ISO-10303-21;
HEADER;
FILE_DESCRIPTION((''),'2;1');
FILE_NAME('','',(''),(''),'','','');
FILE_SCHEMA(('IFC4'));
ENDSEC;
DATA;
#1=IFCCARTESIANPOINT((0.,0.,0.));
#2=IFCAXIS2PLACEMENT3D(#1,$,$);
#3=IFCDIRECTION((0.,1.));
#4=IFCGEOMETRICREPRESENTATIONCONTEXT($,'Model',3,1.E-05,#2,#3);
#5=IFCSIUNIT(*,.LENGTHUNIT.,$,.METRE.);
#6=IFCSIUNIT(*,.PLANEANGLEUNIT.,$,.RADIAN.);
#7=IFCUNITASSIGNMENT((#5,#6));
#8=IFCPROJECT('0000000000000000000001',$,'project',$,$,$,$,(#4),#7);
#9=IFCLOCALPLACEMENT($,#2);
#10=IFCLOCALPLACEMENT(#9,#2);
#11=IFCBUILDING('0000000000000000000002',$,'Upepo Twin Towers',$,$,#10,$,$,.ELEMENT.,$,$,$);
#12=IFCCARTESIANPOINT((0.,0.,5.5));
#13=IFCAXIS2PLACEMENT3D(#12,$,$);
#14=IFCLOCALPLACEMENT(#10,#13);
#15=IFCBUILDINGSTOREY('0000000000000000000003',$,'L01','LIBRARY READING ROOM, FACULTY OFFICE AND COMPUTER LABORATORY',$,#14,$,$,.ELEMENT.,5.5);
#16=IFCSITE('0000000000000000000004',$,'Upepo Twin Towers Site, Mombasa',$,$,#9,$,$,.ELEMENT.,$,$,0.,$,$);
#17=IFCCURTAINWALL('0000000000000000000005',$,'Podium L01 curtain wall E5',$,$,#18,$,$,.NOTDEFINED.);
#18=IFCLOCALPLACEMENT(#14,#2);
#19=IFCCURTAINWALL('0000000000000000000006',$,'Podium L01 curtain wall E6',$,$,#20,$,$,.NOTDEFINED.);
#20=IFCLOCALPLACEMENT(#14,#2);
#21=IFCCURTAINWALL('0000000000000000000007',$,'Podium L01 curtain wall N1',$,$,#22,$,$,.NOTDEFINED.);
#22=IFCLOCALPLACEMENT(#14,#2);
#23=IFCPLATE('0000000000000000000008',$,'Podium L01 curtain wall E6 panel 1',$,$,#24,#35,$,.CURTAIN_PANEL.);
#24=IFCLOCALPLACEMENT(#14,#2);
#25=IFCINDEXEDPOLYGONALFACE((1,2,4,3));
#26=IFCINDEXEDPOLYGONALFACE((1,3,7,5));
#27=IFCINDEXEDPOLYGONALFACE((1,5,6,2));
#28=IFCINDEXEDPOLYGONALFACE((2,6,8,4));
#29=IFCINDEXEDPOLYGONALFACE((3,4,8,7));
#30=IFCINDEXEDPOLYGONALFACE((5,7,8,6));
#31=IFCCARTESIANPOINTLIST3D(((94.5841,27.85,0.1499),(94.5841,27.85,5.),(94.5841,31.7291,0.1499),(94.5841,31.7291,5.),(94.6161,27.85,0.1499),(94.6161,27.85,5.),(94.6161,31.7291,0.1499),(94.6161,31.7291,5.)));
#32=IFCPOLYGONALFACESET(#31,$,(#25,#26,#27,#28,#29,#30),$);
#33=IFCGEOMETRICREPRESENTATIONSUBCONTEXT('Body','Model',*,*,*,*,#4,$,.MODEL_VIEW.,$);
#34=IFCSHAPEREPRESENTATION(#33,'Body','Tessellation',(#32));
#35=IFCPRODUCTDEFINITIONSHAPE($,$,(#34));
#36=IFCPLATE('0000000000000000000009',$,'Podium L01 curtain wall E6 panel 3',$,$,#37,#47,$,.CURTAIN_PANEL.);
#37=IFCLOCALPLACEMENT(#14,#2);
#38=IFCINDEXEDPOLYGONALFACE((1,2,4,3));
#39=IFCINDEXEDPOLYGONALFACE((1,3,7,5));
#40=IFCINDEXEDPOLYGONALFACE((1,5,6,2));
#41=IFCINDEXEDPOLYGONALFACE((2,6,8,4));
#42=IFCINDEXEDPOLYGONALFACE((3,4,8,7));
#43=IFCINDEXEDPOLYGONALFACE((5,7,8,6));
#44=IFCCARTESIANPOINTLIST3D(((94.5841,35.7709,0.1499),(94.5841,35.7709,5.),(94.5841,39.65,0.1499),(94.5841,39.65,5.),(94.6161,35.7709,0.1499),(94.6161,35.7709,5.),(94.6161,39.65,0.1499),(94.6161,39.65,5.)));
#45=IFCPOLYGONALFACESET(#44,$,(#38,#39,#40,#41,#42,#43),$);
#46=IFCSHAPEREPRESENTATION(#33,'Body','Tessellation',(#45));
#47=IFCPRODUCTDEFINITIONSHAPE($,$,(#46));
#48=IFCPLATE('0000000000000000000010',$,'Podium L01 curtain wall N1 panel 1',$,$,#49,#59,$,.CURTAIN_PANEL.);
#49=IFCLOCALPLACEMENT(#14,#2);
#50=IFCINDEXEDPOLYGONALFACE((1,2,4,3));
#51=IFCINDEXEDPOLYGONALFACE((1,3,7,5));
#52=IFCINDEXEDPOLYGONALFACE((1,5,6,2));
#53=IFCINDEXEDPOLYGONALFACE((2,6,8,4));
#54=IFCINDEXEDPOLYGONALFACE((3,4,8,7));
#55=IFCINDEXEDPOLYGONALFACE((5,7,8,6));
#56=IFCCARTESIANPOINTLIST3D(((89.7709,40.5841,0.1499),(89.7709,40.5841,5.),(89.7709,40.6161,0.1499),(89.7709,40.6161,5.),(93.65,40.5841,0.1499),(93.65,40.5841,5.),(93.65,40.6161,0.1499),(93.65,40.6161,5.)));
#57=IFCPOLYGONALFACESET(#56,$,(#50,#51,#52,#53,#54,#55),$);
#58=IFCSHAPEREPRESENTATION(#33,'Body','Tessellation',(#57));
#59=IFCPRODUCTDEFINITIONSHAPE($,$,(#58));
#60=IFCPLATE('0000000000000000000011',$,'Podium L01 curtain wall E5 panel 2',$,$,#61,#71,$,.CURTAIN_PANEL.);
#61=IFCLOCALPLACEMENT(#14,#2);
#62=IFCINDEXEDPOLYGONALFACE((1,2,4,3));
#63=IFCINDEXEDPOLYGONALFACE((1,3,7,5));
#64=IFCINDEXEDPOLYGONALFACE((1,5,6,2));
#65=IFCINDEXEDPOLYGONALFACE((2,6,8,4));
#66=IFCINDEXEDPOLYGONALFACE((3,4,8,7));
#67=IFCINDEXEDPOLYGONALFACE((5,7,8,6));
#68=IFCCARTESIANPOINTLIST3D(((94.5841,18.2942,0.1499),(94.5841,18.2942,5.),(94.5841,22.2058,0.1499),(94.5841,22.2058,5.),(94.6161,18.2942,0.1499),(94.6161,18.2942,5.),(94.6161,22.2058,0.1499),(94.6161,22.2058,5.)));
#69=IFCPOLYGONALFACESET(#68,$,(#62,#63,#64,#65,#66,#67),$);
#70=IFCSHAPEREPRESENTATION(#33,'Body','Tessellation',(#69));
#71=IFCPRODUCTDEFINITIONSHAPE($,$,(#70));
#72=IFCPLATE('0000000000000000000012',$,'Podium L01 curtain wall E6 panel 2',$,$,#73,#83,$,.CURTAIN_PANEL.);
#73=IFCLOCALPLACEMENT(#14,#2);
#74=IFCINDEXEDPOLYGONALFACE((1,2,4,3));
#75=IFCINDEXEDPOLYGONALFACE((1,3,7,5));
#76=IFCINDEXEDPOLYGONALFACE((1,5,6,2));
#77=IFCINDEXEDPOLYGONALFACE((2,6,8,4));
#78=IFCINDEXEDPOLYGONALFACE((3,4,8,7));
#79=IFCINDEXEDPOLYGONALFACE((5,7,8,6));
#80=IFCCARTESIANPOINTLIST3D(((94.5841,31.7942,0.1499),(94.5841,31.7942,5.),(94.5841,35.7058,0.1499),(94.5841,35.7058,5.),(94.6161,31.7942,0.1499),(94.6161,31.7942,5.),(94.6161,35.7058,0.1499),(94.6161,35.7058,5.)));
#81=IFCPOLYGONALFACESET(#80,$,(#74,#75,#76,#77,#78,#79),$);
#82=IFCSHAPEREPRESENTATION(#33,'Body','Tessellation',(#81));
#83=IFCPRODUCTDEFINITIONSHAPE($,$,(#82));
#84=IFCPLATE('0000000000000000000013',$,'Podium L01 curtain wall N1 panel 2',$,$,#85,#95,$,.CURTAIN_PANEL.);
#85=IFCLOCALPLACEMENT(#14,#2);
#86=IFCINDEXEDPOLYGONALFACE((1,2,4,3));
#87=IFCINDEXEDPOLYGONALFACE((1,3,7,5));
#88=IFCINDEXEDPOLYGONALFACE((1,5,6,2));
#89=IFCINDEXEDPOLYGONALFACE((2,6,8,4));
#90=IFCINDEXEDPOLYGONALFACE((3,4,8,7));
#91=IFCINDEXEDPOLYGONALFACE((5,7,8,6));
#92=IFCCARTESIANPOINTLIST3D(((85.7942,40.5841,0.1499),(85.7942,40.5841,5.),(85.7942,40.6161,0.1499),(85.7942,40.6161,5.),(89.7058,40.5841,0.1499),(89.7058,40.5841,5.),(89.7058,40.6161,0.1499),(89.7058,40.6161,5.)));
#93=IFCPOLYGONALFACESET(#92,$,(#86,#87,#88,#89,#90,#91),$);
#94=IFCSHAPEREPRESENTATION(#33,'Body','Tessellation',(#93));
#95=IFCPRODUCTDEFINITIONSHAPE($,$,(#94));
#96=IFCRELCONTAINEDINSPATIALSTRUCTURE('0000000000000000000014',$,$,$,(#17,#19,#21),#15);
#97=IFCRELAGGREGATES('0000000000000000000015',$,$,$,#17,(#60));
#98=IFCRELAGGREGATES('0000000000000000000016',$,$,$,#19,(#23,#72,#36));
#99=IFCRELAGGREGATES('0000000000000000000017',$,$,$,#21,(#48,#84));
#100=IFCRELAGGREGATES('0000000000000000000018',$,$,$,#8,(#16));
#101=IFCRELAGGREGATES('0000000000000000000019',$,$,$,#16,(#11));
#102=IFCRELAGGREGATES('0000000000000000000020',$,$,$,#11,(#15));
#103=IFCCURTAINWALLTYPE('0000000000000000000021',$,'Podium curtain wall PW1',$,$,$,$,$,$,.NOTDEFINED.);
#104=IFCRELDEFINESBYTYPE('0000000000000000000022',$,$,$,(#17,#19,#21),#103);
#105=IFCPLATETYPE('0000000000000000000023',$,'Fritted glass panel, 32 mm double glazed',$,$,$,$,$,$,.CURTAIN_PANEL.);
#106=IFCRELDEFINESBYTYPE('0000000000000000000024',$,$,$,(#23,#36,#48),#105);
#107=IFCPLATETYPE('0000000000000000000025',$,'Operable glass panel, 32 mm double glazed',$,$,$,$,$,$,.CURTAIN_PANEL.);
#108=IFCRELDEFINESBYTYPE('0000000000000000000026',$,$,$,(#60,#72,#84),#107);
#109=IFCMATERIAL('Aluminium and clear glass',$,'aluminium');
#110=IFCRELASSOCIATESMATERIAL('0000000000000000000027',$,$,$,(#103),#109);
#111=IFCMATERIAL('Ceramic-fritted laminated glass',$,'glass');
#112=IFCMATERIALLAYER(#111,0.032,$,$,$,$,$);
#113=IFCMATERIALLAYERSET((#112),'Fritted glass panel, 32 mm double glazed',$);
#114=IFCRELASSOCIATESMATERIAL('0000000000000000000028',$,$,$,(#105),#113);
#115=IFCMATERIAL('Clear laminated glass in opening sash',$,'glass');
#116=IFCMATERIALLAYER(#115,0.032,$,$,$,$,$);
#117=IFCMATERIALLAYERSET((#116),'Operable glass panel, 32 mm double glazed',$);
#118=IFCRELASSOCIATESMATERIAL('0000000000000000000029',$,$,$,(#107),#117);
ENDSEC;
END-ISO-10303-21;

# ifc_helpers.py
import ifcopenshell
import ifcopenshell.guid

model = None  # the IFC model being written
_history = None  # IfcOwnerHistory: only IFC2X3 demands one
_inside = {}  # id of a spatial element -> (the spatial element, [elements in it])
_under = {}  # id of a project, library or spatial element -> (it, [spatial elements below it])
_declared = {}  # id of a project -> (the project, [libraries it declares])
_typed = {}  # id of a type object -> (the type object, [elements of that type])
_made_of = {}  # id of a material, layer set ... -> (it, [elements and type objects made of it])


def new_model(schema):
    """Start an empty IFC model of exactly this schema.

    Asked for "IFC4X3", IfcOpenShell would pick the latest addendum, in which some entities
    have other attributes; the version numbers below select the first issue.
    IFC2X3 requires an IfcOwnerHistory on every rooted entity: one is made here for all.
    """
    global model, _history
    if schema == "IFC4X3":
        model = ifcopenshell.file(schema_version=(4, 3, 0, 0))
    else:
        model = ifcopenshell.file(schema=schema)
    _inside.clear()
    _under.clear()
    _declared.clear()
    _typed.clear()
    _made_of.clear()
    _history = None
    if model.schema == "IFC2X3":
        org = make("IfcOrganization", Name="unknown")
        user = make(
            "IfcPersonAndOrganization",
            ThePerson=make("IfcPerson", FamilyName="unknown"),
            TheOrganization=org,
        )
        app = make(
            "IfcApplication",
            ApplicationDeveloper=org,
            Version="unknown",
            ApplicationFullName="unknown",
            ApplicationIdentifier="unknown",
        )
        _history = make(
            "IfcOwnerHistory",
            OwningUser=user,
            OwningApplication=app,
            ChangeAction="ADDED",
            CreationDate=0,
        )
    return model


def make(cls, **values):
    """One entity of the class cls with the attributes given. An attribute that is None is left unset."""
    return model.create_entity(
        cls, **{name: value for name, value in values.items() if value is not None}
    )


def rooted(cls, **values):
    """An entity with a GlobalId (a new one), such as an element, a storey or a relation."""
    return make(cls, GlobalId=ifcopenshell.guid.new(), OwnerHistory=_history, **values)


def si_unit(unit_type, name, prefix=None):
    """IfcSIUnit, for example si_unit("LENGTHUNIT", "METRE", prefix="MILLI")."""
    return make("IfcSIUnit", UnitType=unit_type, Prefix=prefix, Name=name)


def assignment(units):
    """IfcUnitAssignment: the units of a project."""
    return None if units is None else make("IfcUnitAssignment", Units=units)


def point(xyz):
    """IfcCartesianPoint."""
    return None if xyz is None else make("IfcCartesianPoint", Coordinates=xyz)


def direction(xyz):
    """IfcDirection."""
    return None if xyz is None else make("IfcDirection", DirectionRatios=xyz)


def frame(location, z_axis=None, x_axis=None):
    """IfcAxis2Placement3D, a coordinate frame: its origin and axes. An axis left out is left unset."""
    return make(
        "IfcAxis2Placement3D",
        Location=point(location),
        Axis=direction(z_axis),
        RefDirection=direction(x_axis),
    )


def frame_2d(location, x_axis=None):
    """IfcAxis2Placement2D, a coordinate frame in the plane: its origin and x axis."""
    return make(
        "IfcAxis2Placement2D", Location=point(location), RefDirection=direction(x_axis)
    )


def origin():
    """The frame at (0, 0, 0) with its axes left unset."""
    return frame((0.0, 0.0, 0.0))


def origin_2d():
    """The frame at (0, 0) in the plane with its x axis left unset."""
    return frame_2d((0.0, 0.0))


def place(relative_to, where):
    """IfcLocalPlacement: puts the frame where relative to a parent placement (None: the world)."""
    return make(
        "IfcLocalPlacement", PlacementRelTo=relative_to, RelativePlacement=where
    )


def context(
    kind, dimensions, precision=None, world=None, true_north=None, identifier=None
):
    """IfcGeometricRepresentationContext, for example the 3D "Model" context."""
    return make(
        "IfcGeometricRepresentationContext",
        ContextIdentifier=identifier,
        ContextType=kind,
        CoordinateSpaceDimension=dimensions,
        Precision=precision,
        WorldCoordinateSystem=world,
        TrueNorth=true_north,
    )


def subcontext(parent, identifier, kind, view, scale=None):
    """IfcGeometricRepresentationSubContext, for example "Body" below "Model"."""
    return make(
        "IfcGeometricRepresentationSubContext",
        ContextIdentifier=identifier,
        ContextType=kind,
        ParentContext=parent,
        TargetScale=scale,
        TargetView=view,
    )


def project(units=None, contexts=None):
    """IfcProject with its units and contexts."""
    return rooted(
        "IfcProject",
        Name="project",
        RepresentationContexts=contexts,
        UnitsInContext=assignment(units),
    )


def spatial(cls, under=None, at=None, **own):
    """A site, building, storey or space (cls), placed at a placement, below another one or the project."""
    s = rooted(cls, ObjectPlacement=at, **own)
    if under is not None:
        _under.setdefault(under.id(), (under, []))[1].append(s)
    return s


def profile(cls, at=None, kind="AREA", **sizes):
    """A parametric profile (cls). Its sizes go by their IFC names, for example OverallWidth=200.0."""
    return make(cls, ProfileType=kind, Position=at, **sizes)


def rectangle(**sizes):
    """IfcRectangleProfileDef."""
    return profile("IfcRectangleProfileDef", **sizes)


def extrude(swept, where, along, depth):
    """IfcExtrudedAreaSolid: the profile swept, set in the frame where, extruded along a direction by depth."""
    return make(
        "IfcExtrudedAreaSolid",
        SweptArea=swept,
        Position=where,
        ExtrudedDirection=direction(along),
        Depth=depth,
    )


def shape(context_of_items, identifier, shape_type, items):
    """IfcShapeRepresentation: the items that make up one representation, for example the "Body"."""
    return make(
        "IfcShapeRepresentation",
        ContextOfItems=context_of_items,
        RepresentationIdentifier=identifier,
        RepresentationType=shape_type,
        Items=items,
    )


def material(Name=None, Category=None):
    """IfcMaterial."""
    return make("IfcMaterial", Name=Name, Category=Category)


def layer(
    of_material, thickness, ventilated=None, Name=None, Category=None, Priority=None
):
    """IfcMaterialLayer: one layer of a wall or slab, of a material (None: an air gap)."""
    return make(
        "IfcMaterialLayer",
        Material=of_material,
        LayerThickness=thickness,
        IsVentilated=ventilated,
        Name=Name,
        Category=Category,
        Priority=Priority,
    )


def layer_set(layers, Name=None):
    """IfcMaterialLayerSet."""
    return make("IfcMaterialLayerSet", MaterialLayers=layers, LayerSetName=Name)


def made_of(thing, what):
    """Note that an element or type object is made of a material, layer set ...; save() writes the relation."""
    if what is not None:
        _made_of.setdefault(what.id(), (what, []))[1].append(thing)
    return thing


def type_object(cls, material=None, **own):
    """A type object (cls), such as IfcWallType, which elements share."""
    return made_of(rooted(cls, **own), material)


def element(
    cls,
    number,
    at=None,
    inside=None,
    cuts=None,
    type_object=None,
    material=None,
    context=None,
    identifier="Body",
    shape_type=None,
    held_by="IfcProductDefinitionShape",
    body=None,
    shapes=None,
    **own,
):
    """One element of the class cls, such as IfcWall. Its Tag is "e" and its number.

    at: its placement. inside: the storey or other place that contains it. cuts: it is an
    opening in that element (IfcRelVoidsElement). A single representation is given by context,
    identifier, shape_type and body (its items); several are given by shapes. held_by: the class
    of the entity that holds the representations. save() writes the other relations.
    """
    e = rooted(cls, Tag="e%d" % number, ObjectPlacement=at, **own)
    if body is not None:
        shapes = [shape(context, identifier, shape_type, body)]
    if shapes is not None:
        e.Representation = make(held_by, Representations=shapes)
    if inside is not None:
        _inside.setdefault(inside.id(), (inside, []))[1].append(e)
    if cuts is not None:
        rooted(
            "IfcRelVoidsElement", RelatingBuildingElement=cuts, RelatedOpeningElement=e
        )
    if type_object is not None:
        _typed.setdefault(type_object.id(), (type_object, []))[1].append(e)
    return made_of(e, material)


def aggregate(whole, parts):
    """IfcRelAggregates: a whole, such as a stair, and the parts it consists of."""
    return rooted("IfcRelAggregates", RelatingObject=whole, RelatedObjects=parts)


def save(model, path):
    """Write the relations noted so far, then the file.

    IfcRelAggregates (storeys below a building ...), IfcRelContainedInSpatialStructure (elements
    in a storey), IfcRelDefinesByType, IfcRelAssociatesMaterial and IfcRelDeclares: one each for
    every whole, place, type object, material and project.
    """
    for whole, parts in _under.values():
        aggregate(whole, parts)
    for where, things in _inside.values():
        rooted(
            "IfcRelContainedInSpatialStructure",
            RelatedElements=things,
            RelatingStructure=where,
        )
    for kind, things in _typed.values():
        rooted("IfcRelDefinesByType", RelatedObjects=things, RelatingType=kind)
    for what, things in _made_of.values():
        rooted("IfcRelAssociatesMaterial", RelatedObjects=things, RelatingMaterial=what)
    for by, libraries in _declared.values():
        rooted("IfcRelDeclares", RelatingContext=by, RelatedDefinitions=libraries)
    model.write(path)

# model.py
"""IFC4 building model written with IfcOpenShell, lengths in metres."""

from ifc_helpers import new_model, si_unit, direction, frame, origin, origin_2d, place, context, subcontext, project, spatial, rectangle, extrude, material, layer, layer_set, type_object, element, aggregate, save


model = new_model("IFC4")

# Units and contexts
model_context = context("Model", 3, precision=1e-05, world=origin(), true_north=direction((0.0, 1.0)))
body_context = subcontext(model_context, "Body", "Model", "MODEL_VIEW")
ifc_project = project(units=[si_unit("LENGTHUNIT", "METRE"), si_unit("PLANEANGLEUNIT", "RADIAN")], contexts=[model_context])

# Site, building, storey
site_placement = place(None, origin())
site = spatial("IfcSite", under=ifc_project, at=site_placement, Name="Upepo Twin Towers Site, Mombasa", CompositionType="ELEMENT", RefElevation=0.0)
building_placement = place(site_placement, origin())
building = spatial("IfcBuilding", under=site, at=building_placement, Name="Upepo Twin Towers", CompositionType="ELEMENT")
storey_placement = place(building_placement, frame((0.0, 0.0, 5.5)))
storey = spatial("IfcBuildingStorey", under=building, at=storey_placement, Name="L01", Description="LIBRARY READING ROOM, FACULTY OFFICE AND COMPUTER LABORATORY", CompositionType="ELEMENT", Elevation=5.5)

# Curtain walls
ifc_material_1 = material(Name="Aluminium and clear glass", Category="aluminium")
curtain_wall_type = type_object("IfcCurtainWallType", Name="Podium curtain wall PW1", PredefinedType="NOTDEFINED", material=ifc_material_1)
curtain_wall_1_placement = place(storey_placement, origin())
curtain_wall_1 = element("IfcCurtainWall", 1, at=curtain_wall_1_placement, inside=storey, type_object=curtain_wall_type, Name="Podium L01 curtain wall E5", PredefinedType="NOTDEFINED")
curtain_wall_2_placement = place(storey_placement, origin())
curtain_wall_2 = element("IfcCurtainWall", 2, at=curtain_wall_2_placement, inside=storey, type_object=curtain_wall_type, Name="Podium L01 curtain wall E6", PredefinedType="NOTDEFINED")
curtain_wall_3_placement = place(storey_placement, origin())
curtain_wall_3 = element("IfcCurtainWall", 3, at=curtain_wall_3_placement, inside=storey, type_object=curtain_wall_type, Name="Podium L01 curtain wall N1", PredefinedType="NOTDEFINED")

# Plates
ifc_material_2 = material(Name="Ceramic-fritted laminated glass", Category="glass")
ifc_layer_1 = layer(ifc_material_2, 0.032)
ifc_layer_set_1 = layer_set([ifc_layer_1], Name="Fritted glass panel, 32 mm double glazed")
plate_type_1 = type_object("IfcPlateType", Name="Fritted glass panel, 32 mm double glazed", PredefinedType="CURTAIN_PANEL", material=ifc_layer_set_1)
plate_1_placement = place(storey_placement, frame((94.6001, 29.7896, 0.1499), z_axis=(0.0, 0.0, 1.0), x_axis=(0.0, 1.0, 0.0)))
plate_1 = element("IfcPlate", 4, at=plate_1_placement, type_object=plate_type_1, Name="Podium L01 curtain wall E6 panel 1", PredefinedType="CURTAIN_PANEL", context=body_context, shape_type="SweptSolid", body=[
    extrude(rectangle(XDim=3.8792, YDim=0.032, at=origin_2d()), origin(), (0.0, 0.0, 1.0), 4.8501),
])
plate_2_placement = place(storey_placement, frame((94.6001, 37.7104, 0.1499), z_axis=(0.0, 0.0, 1.0), x_axis=(0.0, 1.0, 0.0)))
plate_2 = element("IfcPlate", 5, at=plate_2_placement, type_object=plate_type_1, Name="Podium L01 curtain wall E6 panel 3", PredefinedType="CURTAIN_PANEL", context=body_context, shape_type="SweptSolid", body=[
    extrude(rectangle(XDim=3.8792, YDim=0.032, at=origin_2d()), origin(), (0.0, 0.0, 1.0), 4.8501),
])
plate_3_placement = place(storey_placement, frame((91.7104, 40.6001, 0.1499), z_axis=(0.0, 0.0, 1.0), x_axis=(-1.0, 0.0, 0.0)))
plate_3 = element("IfcPlate", 6, at=plate_3_placement, type_object=plate_type_1, Name="Podium L01 curtain wall N1 panel 1", PredefinedType="CURTAIN_PANEL", context=body_context, shape_type="SweptSolid", body=[
    extrude(rectangle(XDim=3.8792, YDim=0.032, at=origin_2d()), origin(), (0.0, 0.0, 1.0), 4.8501),
])
ifc_material_3 = material(Name="Clear laminated glass in opening sash", Category="glass")
ifc_layer_2 = layer(ifc_material_3, 0.032)
ifc_layer_set_2 = layer_set([ifc_layer_2], Name="Operable glass panel, 32 mm double glazed")
plate_type_2 = type_object("IfcPlateType", Name="Operable glass panel, 32 mm double glazed", PredefinedType="CURTAIN_PANEL", material=ifc_layer_set_2)
plate_4_placement = place(storey_placement, frame((94.6001, 20.25, 0.1499), z_axis=(0.0, 0.0, 1.0), x_axis=(0.0, 1.0, 0.0)))
plate_4 = element("IfcPlate", 7, at=plate_4_placement, type_object=plate_type_2, Name="Podium L01 curtain wall E5 panel 2", PredefinedType="CURTAIN_PANEL", context=body_context, shape_type="SweptSolid", body=[
    extrude(rectangle(XDim=3.9116, YDim=0.032, at=origin_2d()), origin(), (0.0, 0.0, 1.0), 4.8501),
])
aggregate(curtain_wall_1, [plate_4])
plate_5_placement = place(storey_placement, frame((94.6001, 33.75, 0.1499), z_axis=(0.0, 0.0, 1.0), x_axis=(0.0, 1.0, 0.0)))
plate_5 = element("IfcPlate", 8, at=plate_5_placement, type_object=plate_type_2, Name="Podium L01 curtain wall E6 panel 2", PredefinedType="CURTAIN_PANEL", context=body_context, shape_type="SweptSolid", body=[
    extrude(rectangle(XDim=3.9116, YDim=0.032, at=origin_2d()), origin(), (0.0, 0.0, 1.0), 4.8501),
])
aggregate(curtain_wall_2, [plate_1, plate_5, plate_2])
plate_6_placement = place(storey_placement, frame((87.75, 40.6001, 0.1499), z_axis=(0.0, 0.0, 1.0), x_axis=(-1.0, 0.0, 0.0)))
plate_6 = element("IfcPlate", 9, at=plate_6_placement, type_object=plate_type_2, Name="Podium L01 curtain wall N1 panel 2", PredefinedType="CURTAIN_PANEL", context=body_context, shape_type="SweptSolid", body=[
    extrude(rectangle(XDim=3.9116, YDim=0.032, at=origin_2d()), origin(), (0.0, 0.0, 1.0), 4.8501),
])
aggregate(curtain_wall_3, [plate_3, plate_6])

save(model, "model.ifc")
